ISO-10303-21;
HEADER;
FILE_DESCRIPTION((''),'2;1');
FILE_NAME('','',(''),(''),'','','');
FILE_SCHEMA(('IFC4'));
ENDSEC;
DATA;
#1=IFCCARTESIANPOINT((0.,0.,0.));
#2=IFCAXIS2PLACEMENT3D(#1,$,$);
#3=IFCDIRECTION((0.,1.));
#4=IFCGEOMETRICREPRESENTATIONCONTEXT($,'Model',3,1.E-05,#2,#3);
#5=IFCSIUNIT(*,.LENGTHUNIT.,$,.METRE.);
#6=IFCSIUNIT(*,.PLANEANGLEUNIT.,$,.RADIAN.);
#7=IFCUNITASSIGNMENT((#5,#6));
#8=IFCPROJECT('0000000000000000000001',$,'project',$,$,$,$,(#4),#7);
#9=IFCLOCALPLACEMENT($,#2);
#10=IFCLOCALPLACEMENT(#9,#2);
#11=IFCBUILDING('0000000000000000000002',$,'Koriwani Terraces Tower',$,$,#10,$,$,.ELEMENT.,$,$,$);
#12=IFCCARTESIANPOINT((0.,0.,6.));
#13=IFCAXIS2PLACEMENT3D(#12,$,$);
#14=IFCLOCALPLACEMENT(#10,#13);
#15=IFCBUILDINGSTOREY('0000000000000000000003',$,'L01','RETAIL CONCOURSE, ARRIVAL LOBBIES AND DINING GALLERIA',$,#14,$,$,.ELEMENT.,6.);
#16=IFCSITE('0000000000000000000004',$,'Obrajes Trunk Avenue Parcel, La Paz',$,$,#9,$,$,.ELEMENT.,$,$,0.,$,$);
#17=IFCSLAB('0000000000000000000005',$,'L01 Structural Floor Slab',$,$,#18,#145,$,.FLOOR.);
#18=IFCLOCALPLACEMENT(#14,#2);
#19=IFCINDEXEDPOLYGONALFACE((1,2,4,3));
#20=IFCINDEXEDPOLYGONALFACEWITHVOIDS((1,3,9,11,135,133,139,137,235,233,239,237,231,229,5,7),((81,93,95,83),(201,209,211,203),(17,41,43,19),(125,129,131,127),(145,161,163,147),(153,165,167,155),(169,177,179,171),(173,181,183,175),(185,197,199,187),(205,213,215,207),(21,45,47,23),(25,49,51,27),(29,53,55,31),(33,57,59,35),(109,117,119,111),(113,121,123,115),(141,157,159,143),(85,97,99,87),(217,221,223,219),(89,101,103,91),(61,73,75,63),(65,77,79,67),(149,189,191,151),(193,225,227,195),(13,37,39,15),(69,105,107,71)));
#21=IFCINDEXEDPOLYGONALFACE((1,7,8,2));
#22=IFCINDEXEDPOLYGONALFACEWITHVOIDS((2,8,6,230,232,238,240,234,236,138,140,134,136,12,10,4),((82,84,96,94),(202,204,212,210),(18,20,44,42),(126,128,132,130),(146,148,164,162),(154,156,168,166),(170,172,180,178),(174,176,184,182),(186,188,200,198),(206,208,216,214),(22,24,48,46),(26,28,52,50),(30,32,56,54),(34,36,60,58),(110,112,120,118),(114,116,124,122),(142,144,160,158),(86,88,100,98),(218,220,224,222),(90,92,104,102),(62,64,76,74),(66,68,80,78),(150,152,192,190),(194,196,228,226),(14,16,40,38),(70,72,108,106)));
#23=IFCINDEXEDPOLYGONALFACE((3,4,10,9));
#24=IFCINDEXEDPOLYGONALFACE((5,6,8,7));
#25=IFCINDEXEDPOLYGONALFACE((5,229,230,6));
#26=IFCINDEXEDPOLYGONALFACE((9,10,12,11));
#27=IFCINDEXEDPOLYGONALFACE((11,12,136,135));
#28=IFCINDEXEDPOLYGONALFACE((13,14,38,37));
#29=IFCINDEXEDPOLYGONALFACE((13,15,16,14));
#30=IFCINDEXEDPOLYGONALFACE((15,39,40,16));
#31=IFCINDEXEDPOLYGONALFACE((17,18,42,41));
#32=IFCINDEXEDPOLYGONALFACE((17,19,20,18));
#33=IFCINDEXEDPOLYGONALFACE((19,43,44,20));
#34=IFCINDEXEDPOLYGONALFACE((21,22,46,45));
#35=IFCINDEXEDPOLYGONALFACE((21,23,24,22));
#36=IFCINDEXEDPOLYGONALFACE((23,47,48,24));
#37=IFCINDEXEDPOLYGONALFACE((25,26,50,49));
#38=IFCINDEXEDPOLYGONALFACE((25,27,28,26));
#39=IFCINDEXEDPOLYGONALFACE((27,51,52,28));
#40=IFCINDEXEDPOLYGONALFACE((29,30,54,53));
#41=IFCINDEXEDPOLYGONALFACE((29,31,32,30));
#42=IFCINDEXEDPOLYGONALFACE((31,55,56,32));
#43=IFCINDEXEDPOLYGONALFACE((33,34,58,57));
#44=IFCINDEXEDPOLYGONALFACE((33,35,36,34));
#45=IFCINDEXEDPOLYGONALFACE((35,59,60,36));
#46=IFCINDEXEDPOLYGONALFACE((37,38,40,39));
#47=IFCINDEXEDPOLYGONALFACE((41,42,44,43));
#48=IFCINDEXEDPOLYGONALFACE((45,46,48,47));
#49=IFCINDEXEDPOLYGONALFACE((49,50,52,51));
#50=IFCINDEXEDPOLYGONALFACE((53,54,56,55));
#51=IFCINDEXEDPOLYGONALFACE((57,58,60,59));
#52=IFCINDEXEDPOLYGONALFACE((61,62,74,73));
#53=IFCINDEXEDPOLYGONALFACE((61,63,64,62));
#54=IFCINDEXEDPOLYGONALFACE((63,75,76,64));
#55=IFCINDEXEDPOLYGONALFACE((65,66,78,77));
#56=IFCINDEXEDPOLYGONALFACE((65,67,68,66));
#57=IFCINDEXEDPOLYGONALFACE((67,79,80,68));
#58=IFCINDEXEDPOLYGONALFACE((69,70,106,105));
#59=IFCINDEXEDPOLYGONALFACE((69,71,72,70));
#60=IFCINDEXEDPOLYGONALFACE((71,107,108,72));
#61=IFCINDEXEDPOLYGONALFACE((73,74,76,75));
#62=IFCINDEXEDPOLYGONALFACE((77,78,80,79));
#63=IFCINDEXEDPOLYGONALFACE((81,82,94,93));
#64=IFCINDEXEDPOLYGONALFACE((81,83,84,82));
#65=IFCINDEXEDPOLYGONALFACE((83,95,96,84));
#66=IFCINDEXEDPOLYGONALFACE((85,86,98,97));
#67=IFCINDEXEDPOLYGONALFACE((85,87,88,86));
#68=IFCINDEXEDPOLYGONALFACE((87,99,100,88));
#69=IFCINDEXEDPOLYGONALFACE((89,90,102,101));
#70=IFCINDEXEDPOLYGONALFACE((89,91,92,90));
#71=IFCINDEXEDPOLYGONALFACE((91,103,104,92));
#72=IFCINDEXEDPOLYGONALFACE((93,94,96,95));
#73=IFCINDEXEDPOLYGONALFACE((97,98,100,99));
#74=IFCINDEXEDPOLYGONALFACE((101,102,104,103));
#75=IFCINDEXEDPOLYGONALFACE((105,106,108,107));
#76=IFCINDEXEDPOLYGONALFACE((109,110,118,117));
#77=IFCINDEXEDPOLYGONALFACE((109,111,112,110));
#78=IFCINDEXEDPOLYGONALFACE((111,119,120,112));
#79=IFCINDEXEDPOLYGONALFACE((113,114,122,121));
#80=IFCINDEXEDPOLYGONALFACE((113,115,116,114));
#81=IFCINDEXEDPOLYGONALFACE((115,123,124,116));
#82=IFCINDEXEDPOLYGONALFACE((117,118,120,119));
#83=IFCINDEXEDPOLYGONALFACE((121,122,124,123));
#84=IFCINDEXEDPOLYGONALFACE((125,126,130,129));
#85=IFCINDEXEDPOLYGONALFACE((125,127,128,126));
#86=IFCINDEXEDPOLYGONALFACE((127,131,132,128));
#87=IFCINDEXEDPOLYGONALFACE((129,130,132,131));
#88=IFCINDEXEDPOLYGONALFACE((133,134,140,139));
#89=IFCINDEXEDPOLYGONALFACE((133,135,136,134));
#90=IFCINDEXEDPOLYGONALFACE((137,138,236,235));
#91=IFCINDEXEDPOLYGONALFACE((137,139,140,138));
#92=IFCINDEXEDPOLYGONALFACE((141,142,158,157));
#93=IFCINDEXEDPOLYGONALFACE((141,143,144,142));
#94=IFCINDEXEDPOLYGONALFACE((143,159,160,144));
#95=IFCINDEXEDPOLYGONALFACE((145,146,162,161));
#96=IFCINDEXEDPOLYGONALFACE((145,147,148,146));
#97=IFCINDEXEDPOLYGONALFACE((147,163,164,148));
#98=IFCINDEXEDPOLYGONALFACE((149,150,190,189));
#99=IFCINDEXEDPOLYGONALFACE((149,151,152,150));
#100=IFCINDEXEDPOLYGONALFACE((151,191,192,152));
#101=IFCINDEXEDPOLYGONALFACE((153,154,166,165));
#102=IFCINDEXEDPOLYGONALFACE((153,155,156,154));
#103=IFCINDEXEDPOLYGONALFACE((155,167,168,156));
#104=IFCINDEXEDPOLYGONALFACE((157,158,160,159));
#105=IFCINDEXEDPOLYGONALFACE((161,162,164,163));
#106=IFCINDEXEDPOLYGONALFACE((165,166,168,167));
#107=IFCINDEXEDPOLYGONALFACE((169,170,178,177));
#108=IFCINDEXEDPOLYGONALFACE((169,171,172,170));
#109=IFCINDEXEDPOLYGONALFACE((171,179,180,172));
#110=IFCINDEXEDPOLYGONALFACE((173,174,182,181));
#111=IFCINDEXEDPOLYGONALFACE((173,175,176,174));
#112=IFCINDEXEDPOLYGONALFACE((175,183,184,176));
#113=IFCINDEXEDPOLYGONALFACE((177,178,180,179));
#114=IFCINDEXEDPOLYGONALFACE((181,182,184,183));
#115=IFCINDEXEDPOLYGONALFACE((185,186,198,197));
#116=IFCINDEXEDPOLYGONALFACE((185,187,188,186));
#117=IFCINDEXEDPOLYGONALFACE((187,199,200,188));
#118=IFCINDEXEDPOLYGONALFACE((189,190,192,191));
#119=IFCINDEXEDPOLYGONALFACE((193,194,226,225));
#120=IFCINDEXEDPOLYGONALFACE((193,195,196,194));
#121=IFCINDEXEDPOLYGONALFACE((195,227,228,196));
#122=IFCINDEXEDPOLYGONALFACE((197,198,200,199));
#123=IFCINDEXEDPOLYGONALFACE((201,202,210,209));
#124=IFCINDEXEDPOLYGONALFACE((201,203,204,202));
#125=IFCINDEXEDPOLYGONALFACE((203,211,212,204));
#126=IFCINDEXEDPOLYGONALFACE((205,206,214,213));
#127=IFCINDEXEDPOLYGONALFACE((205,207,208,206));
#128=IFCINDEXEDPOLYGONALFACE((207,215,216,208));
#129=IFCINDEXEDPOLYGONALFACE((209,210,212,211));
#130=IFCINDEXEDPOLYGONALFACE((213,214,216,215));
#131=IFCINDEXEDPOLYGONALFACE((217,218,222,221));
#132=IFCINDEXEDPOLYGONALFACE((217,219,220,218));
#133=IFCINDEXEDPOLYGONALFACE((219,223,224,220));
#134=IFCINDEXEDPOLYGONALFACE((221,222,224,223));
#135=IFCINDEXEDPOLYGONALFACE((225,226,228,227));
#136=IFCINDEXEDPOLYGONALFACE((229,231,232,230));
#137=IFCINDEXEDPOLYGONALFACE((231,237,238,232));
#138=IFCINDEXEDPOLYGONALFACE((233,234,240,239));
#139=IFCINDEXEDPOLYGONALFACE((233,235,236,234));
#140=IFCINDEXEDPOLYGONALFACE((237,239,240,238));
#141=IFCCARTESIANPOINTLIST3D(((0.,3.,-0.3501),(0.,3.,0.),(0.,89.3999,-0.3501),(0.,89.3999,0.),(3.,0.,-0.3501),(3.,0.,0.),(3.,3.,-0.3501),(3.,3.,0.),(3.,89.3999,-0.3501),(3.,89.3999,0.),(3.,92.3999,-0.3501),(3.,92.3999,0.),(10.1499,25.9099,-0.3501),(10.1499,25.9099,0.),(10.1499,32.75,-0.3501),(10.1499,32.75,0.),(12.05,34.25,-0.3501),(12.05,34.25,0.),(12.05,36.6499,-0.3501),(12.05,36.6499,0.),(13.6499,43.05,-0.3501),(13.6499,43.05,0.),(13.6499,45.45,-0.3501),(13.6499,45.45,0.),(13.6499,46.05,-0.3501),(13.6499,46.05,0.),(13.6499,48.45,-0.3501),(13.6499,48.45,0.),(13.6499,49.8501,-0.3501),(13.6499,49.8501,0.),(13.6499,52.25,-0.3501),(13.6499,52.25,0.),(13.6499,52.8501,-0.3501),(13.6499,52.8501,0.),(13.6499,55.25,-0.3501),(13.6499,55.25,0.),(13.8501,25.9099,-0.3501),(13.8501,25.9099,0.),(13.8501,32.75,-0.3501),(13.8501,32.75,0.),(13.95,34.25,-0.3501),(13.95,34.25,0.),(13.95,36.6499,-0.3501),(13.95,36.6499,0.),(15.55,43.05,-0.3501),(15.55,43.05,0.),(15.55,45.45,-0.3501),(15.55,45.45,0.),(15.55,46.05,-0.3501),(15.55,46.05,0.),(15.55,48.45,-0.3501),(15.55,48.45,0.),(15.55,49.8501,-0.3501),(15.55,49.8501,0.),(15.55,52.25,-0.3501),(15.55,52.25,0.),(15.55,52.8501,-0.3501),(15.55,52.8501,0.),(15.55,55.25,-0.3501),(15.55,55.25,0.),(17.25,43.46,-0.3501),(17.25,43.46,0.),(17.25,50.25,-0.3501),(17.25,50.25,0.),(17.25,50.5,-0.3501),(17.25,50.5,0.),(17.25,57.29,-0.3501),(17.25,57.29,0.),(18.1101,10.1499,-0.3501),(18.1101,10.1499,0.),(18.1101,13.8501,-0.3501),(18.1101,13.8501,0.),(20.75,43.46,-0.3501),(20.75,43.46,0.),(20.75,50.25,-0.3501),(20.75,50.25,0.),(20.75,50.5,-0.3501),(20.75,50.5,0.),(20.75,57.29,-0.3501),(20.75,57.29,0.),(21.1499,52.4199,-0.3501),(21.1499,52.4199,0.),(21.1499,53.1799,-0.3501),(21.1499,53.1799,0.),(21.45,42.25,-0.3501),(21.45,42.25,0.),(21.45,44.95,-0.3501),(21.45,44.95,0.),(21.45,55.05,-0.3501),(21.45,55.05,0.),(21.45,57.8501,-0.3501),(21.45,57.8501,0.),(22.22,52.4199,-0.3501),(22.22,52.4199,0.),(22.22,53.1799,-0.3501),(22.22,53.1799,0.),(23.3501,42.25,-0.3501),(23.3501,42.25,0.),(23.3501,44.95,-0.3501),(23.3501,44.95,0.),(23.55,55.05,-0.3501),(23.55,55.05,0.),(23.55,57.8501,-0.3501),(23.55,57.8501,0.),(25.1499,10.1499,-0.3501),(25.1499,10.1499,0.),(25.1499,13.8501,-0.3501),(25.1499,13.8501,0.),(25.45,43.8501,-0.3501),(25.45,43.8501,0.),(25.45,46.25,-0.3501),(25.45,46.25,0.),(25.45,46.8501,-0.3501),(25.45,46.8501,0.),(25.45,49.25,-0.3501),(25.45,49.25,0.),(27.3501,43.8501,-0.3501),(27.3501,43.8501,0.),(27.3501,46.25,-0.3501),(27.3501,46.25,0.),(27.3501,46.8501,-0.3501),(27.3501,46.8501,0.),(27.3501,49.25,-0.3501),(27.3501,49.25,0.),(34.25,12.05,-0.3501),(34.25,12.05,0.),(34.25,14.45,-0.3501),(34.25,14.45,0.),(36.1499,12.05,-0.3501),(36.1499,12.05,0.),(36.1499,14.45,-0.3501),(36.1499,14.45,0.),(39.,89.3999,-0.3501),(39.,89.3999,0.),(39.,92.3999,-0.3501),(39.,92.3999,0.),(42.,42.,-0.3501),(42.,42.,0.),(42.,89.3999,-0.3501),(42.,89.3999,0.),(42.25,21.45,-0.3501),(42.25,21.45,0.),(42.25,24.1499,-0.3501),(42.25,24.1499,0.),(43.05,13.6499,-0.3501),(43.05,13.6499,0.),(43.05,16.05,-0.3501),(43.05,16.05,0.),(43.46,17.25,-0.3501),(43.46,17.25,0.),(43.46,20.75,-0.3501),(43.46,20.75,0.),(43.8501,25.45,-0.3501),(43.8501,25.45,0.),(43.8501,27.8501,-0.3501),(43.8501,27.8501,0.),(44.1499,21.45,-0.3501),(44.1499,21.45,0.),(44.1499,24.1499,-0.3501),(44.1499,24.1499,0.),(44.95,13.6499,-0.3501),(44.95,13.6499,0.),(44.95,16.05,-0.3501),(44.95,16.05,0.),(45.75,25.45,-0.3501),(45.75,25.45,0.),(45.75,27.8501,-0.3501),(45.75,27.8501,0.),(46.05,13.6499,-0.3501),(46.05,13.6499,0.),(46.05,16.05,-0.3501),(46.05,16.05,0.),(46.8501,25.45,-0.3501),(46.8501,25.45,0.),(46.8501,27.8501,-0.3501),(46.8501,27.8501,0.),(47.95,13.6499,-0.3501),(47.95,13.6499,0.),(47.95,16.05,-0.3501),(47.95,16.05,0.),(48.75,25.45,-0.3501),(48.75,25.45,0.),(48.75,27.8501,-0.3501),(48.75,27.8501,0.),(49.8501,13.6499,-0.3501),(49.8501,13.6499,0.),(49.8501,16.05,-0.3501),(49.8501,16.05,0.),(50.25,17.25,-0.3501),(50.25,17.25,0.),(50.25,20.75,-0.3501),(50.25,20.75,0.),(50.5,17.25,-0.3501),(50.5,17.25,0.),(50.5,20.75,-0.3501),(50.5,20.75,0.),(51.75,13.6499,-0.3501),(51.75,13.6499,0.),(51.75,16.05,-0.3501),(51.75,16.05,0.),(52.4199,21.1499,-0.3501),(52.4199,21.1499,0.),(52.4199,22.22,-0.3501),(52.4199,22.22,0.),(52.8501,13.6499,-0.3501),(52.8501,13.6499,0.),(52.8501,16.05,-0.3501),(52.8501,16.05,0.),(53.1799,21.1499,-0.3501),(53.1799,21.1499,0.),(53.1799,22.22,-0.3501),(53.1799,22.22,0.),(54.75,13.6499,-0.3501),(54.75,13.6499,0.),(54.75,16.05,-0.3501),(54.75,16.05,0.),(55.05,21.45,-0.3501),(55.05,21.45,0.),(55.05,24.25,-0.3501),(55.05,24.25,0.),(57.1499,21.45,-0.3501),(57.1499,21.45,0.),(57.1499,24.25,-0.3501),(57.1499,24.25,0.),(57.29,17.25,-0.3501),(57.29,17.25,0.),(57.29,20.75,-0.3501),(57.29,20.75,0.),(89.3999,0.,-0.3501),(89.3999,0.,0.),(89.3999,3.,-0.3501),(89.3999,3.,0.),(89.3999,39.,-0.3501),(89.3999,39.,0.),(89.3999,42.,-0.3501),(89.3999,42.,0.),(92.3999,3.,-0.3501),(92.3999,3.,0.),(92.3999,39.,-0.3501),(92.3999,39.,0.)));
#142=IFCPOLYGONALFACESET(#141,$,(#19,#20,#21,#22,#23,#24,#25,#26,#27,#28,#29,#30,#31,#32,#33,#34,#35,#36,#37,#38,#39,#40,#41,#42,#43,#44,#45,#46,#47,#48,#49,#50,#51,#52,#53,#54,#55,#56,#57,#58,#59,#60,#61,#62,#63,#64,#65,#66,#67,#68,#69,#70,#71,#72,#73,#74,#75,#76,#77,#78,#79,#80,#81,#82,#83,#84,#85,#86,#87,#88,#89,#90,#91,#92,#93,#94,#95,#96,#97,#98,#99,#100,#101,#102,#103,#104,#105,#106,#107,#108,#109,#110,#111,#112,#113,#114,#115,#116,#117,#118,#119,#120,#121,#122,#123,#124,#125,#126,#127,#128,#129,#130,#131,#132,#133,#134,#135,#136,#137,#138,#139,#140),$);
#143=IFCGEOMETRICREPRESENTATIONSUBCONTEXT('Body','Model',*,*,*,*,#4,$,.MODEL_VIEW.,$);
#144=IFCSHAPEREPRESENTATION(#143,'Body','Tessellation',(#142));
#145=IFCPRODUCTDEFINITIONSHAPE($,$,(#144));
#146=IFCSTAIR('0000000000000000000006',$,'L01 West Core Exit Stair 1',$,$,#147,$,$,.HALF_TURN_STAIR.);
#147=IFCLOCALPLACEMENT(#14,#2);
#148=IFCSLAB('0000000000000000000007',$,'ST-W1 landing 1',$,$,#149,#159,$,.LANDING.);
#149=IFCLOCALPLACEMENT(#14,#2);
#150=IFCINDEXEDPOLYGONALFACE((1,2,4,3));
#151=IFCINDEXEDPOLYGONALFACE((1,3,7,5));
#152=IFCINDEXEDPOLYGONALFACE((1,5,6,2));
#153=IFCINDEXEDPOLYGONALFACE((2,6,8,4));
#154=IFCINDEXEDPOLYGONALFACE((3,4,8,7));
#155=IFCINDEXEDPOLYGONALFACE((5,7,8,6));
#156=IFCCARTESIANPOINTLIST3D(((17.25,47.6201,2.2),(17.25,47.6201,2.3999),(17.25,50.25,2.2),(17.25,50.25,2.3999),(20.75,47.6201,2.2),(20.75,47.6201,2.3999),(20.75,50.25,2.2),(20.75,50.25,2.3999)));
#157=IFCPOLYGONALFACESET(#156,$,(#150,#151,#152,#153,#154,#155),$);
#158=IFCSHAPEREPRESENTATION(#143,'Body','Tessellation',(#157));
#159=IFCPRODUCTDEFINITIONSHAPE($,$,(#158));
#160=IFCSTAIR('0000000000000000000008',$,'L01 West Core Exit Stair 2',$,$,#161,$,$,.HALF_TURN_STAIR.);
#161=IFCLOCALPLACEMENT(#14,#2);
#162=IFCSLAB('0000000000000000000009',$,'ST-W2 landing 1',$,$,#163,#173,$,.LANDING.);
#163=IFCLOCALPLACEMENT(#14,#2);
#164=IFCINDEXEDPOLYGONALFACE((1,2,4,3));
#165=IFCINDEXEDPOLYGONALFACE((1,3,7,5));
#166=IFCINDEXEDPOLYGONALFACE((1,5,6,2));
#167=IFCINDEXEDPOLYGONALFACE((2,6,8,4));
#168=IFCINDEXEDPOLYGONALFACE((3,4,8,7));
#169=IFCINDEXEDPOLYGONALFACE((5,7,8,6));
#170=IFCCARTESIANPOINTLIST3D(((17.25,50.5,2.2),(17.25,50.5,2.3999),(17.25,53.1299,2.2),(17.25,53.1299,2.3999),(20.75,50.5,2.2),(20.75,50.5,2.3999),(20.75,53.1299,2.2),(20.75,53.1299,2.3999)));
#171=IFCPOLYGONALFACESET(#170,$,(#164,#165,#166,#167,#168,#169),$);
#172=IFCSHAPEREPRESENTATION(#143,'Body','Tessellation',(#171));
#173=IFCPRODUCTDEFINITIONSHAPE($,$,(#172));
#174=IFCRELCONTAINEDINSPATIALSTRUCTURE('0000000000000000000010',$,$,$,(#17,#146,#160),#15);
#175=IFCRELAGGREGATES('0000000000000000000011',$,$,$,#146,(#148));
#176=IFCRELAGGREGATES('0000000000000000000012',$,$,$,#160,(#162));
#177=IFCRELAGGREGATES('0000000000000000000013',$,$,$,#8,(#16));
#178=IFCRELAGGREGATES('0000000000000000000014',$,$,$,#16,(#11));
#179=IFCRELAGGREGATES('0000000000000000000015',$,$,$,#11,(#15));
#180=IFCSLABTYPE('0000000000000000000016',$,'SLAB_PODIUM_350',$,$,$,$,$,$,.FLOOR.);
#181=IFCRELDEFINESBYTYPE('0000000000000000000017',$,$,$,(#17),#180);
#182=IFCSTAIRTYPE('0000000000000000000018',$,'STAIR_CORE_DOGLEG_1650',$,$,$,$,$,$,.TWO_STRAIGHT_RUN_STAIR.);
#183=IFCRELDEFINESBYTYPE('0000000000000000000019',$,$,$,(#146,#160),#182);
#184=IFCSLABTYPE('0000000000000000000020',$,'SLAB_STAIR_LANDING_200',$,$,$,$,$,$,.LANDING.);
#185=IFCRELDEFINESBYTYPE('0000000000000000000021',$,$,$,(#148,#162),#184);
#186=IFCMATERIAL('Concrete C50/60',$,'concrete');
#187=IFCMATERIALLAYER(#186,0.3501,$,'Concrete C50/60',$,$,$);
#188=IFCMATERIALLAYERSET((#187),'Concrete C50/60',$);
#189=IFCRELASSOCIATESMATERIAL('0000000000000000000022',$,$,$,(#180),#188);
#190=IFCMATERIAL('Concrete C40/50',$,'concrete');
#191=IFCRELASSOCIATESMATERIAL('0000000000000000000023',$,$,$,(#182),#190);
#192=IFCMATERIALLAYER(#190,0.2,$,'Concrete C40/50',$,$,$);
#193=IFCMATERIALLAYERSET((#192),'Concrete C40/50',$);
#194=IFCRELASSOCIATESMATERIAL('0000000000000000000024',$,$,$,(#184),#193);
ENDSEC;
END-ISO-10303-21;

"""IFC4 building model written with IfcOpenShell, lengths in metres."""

from ifc_helpers import new_model, si_unit, direction, frame, origin, place, context, subcontext, project, spatial, polyline, outline, extrude, material, layer, layer_set, type_object, element, aggregate, save


model = new_model("IFC4")

# Units and contexts
model_context = context("Model", 3, precision=1e-05, world=origin(), true_north=direction((0.0, 1.0)))
body_context = subcontext(model_context, "Body", "Model", "MODEL_VIEW")
ifc_project = project(units=[si_unit("LENGTHUNIT", "METRE"), si_unit("PLANEANGLEUNIT", "RADIAN")], contexts=[model_context])

# Site, building, storey
site_placement = place(None, origin())
site = spatial("IfcSite", under=ifc_project, at=site_placement, Name="Obrajes Trunk Avenue Parcel, La Paz", CompositionType="ELEMENT", RefElevation=0.0)
building_placement = place(site_placement, origin())
building = spatial("IfcBuilding", under=site, at=building_placement, Name="Koriwani Terraces Tower", CompositionType="ELEMENT")
storey_placement = place(building_placement, frame((0.0, 0.0, 6.0)))
storey = spatial("IfcBuildingStorey", under=building, at=storey_placement, Name="L01", Description="RETAIL CONCOURSE, ARRIVAL LOBBIES AND DINING GALLERIA", CompositionType="ELEMENT", Elevation=6.0)

# Shared definitions
ifc_material_1 = material(Name="Concrete C50/60", Category="concrete")

# Slab
ifc_layer_1 = layer(ifc_material_1, 0.3501, Name="Concrete C50/60")
ifc_layer_set_1 = layer_set([ifc_layer_1], Name="Concrete C50/60")
slab_type_1 = type_object("IfcSlabType", Name="SLAB_PODIUM_350", PredefinedType="FLOOR", material=ifc_layer_set_1)
slab_1_placement = place(storey_placement, frame((0.0, 0.0, -0.3501)))
element("IfcSlab", 1, at=slab_1_placement, inside=storey, type_object=slab_type_1, Name="L01 Structural Floor Slab", PredefinedType="FLOOR", context=body_context, shape_type="SweptSolid", body=[
    extrude(outline(polyline([(3.0, 0.0), (89.3999, 0.0), (89.3999, 3.0), (92.3999, 3.0), (92.3999, 39.0), (89.3999, 39.0), (89.3999, 42.0), (42.0, 42.0), (42.0, 89.3999), (39.0, 89.3999), (39.0, 92.3999), (3.0, 92.3999), (3.0, 89.3999), (0.0, 89.3999), (0.0, 3.0), (3.0, 3.0), (3.0, 0.0)]), holes=[polyline([(17.25, 43.46), (20.75, 43.46), (20.75, 50.25), (17.25, 50.25), (17.25, 43.46)]), polyline([(17.25, 50.5), (20.75, 50.5), (20.75, 57.29), (17.25, 57.29), (17.25, 50.5)]), polyline([(43.46, 17.25), (50.25, 17.25), (50.25, 20.75), (43.46, 20.75), (43.46, 17.25)]), polyline([(50.5, 17.25), (57.29, 17.25), (57.29, 20.75), (50.5, 20.75), (50.5, 17.25)]), polyline([(10.1499, 25.9099), (13.8501, 25.9099), (13.8501, 32.75), (10.1499, 32.75), (10.1499, 25.9099)]), polyline([(18.1101, 10.1499), (25.1499, 10.1499), (25.1499, 13.8501), (18.1101, 13.8501), (18.1101, 10.1499)]), polyline([(12.05, 34.25), (13.95, 34.25), (13.95, 36.6499), (12.05, 36.6499), (12.05, 34.25)]), polyline([(34.25, 12.05), (36.1499, 12.05), (36.1499, 14.45), (34.25, 14.45), (34.25, 12.05)]), polyline([(13.6499, 43.05), (15.55, 43.05), (15.55, 45.45), (13.6499, 45.45), (13.6499, 43.05)]), polyline([(13.6499, 46.05), (15.55, 46.05), (15.55, 48.45), (13.6499, 48.45), (13.6499, 46.05)]), polyline([(43.05, 13.6499), (44.95, 13.6499), (44.95, 16.05), (43.05, 16.05), (43.05, 13.6499)]), polyline([(46.05, 13.6499), (47.95, 13.6499), (47.95, 16.05), (46.05, 16.05), (46.05, 13.6499)]), polyline([(13.6499, 49.8501), (15.55, 49.8501), (15.55, 52.25), (13.6499, 52.25), (13.6499, 49.8501)]), polyline([(13.6499, 52.8501), (15.55, 52.8501), (15.55, 55.25), (13.6499, 55.25), (13.6499, 52.8501)]), polyline([(49.8501, 13.6499), (51.75, 13.6499), (51.75, 16.05), (49.8501, 16.05), (49.8501, 13.6499)]), polyline([(52.8501, 13.6499), (54.75, 13.6499), (54.75, 16.05), (52.8501, 16.05), (52.8501, 13.6499)]), polyline([(25.45, 43.8501), (27.3501, 43.8501), (27.3501, 46.25), (25.45, 46.25), (25.45, 43.8501)]), polyline([(25.45, 46.8501), (27.3501, 46.8501), (27.3501, 49.25), (25.45, 49.25), (25.45, 46.8501)]), polyline([(43.8501, 25.45), (45.75, 25.45), (45.75, 27.8501), (43.8501, 27.8501), (43.8501, 25.45)]), polyline([(46.8501, 25.45), (48.75, 25.45), (48.75, 27.8501), (46.8501, 27.8501), (46.8501, 25.45)]), polyline([(21.45, 55.05), (23.55, 55.05), (23.55, 57.8501), (21.45, 57.8501), (21.45, 55.05)]), polyline([(55.05, 21.45), (57.1499, 21.45), (57.1499, 24.25), (55.05, 24.25), (55.05, 21.45)]), polyline([(21.45, 42.25), (23.3501, 42.25), (23.3501, 44.95), (21.45, 44.95), (21.45, 42.25)]), polyline([(42.25, 21.45), (44.1499, 21.45), (44.1499, 24.1499), (42.25, 24.1499), (42.25, 21.45)]), polyline([(21.1499, 52.4199), (22.22, 52.4199), (22.22, 53.1799), (21.1499, 53.1799), (21.1499, 52.4199)]), polyline([(52.4199, 21.1499), (53.1799, 21.1499), (53.1799, 22.22), (52.4199, 22.22), (52.4199, 21.1499)])]), origin(), (0.0, 0.0, 1.0), 0.3501),
])

# Stairs, slabs
ifc_material_2 = material(Name="Concrete C40/50", Category="concrete")
stair_type_1 = type_object("IfcStairType", Name="STAIR_CORE_DOGLEG_1650", PredefinedType="TWO_STRAIGHT_RUN_STAIR", material=ifc_material_2)
stair_1_placement = place(storey_placement, origin())
stair_1 = element("IfcStair", 2, at=stair_1_placement, inside=storey, type_object=stair_type_1, Name="L01 West Core Exit Stair 1", PredefinedType="HALF_TURN_STAIR")
ifc_layer_2 = layer(ifc_material_2, 0.2, Name="Concrete C40/50")
ifc_layer_set_2 = layer_set([ifc_layer_2], Name="Concrete C40/50")
slab_type_2 = type_object("IfcSlabType", Name="SLAB_STAIR_LANDING_200", PredefinedType="LANDING", material=ifc_layer_set_2)
slab_2_placement = place(storey_placement, frame((0.0, 0.0, 2.2)))
slab_2 = element("IfcSlab", 3, at=slab_2_placement, type_object=slab_type_2, Name="ST-W1 landing 1", PredefinedType="LANDING", context=body_context, shape_type="SweptSolid", body=[
    extrude(outline(polyline([(20.75, 47.6201), (20.75, 50.25), (17.25, 50.25), (17.25, 47.6201), (20.75, 47.6201)])), origin(), (0.0, 0.0, 1.0), 0.2),
])
aggregate(stair_1, [slab_2])
stair_2_placement = place(storey_placement, origin())
stair_2 = element("IfcStair", 4, at=stair_2_placement, inside=storey, type_object=stair_type_1, Name="L01 West Core Exit Stair 2", PredefinedType="HALF_TURN_STAIR")
slab_3_placement = place(storey_placement, frame((0.0, 0.0, 2.2)))
slab_3 = element("IfcSlab", 5, at=slab_3_placement, type_object=slab_type_2, Name="ST-W2 landing 1", PredefinedType="LANDING", context=body_context, shape_type="SweptSolid", body=[
    extrude(outline(polyline([(17.25, 53.1299), (17.25, 50.5), (20.75, 50.5), (20.75, 53.1299), (17.25, 53.1299)])), origin(), (0.0, 0.0, 1.0), 0.2),
])
aggregate(stair_2, [slab_3])

save(model, "model.ifc")
